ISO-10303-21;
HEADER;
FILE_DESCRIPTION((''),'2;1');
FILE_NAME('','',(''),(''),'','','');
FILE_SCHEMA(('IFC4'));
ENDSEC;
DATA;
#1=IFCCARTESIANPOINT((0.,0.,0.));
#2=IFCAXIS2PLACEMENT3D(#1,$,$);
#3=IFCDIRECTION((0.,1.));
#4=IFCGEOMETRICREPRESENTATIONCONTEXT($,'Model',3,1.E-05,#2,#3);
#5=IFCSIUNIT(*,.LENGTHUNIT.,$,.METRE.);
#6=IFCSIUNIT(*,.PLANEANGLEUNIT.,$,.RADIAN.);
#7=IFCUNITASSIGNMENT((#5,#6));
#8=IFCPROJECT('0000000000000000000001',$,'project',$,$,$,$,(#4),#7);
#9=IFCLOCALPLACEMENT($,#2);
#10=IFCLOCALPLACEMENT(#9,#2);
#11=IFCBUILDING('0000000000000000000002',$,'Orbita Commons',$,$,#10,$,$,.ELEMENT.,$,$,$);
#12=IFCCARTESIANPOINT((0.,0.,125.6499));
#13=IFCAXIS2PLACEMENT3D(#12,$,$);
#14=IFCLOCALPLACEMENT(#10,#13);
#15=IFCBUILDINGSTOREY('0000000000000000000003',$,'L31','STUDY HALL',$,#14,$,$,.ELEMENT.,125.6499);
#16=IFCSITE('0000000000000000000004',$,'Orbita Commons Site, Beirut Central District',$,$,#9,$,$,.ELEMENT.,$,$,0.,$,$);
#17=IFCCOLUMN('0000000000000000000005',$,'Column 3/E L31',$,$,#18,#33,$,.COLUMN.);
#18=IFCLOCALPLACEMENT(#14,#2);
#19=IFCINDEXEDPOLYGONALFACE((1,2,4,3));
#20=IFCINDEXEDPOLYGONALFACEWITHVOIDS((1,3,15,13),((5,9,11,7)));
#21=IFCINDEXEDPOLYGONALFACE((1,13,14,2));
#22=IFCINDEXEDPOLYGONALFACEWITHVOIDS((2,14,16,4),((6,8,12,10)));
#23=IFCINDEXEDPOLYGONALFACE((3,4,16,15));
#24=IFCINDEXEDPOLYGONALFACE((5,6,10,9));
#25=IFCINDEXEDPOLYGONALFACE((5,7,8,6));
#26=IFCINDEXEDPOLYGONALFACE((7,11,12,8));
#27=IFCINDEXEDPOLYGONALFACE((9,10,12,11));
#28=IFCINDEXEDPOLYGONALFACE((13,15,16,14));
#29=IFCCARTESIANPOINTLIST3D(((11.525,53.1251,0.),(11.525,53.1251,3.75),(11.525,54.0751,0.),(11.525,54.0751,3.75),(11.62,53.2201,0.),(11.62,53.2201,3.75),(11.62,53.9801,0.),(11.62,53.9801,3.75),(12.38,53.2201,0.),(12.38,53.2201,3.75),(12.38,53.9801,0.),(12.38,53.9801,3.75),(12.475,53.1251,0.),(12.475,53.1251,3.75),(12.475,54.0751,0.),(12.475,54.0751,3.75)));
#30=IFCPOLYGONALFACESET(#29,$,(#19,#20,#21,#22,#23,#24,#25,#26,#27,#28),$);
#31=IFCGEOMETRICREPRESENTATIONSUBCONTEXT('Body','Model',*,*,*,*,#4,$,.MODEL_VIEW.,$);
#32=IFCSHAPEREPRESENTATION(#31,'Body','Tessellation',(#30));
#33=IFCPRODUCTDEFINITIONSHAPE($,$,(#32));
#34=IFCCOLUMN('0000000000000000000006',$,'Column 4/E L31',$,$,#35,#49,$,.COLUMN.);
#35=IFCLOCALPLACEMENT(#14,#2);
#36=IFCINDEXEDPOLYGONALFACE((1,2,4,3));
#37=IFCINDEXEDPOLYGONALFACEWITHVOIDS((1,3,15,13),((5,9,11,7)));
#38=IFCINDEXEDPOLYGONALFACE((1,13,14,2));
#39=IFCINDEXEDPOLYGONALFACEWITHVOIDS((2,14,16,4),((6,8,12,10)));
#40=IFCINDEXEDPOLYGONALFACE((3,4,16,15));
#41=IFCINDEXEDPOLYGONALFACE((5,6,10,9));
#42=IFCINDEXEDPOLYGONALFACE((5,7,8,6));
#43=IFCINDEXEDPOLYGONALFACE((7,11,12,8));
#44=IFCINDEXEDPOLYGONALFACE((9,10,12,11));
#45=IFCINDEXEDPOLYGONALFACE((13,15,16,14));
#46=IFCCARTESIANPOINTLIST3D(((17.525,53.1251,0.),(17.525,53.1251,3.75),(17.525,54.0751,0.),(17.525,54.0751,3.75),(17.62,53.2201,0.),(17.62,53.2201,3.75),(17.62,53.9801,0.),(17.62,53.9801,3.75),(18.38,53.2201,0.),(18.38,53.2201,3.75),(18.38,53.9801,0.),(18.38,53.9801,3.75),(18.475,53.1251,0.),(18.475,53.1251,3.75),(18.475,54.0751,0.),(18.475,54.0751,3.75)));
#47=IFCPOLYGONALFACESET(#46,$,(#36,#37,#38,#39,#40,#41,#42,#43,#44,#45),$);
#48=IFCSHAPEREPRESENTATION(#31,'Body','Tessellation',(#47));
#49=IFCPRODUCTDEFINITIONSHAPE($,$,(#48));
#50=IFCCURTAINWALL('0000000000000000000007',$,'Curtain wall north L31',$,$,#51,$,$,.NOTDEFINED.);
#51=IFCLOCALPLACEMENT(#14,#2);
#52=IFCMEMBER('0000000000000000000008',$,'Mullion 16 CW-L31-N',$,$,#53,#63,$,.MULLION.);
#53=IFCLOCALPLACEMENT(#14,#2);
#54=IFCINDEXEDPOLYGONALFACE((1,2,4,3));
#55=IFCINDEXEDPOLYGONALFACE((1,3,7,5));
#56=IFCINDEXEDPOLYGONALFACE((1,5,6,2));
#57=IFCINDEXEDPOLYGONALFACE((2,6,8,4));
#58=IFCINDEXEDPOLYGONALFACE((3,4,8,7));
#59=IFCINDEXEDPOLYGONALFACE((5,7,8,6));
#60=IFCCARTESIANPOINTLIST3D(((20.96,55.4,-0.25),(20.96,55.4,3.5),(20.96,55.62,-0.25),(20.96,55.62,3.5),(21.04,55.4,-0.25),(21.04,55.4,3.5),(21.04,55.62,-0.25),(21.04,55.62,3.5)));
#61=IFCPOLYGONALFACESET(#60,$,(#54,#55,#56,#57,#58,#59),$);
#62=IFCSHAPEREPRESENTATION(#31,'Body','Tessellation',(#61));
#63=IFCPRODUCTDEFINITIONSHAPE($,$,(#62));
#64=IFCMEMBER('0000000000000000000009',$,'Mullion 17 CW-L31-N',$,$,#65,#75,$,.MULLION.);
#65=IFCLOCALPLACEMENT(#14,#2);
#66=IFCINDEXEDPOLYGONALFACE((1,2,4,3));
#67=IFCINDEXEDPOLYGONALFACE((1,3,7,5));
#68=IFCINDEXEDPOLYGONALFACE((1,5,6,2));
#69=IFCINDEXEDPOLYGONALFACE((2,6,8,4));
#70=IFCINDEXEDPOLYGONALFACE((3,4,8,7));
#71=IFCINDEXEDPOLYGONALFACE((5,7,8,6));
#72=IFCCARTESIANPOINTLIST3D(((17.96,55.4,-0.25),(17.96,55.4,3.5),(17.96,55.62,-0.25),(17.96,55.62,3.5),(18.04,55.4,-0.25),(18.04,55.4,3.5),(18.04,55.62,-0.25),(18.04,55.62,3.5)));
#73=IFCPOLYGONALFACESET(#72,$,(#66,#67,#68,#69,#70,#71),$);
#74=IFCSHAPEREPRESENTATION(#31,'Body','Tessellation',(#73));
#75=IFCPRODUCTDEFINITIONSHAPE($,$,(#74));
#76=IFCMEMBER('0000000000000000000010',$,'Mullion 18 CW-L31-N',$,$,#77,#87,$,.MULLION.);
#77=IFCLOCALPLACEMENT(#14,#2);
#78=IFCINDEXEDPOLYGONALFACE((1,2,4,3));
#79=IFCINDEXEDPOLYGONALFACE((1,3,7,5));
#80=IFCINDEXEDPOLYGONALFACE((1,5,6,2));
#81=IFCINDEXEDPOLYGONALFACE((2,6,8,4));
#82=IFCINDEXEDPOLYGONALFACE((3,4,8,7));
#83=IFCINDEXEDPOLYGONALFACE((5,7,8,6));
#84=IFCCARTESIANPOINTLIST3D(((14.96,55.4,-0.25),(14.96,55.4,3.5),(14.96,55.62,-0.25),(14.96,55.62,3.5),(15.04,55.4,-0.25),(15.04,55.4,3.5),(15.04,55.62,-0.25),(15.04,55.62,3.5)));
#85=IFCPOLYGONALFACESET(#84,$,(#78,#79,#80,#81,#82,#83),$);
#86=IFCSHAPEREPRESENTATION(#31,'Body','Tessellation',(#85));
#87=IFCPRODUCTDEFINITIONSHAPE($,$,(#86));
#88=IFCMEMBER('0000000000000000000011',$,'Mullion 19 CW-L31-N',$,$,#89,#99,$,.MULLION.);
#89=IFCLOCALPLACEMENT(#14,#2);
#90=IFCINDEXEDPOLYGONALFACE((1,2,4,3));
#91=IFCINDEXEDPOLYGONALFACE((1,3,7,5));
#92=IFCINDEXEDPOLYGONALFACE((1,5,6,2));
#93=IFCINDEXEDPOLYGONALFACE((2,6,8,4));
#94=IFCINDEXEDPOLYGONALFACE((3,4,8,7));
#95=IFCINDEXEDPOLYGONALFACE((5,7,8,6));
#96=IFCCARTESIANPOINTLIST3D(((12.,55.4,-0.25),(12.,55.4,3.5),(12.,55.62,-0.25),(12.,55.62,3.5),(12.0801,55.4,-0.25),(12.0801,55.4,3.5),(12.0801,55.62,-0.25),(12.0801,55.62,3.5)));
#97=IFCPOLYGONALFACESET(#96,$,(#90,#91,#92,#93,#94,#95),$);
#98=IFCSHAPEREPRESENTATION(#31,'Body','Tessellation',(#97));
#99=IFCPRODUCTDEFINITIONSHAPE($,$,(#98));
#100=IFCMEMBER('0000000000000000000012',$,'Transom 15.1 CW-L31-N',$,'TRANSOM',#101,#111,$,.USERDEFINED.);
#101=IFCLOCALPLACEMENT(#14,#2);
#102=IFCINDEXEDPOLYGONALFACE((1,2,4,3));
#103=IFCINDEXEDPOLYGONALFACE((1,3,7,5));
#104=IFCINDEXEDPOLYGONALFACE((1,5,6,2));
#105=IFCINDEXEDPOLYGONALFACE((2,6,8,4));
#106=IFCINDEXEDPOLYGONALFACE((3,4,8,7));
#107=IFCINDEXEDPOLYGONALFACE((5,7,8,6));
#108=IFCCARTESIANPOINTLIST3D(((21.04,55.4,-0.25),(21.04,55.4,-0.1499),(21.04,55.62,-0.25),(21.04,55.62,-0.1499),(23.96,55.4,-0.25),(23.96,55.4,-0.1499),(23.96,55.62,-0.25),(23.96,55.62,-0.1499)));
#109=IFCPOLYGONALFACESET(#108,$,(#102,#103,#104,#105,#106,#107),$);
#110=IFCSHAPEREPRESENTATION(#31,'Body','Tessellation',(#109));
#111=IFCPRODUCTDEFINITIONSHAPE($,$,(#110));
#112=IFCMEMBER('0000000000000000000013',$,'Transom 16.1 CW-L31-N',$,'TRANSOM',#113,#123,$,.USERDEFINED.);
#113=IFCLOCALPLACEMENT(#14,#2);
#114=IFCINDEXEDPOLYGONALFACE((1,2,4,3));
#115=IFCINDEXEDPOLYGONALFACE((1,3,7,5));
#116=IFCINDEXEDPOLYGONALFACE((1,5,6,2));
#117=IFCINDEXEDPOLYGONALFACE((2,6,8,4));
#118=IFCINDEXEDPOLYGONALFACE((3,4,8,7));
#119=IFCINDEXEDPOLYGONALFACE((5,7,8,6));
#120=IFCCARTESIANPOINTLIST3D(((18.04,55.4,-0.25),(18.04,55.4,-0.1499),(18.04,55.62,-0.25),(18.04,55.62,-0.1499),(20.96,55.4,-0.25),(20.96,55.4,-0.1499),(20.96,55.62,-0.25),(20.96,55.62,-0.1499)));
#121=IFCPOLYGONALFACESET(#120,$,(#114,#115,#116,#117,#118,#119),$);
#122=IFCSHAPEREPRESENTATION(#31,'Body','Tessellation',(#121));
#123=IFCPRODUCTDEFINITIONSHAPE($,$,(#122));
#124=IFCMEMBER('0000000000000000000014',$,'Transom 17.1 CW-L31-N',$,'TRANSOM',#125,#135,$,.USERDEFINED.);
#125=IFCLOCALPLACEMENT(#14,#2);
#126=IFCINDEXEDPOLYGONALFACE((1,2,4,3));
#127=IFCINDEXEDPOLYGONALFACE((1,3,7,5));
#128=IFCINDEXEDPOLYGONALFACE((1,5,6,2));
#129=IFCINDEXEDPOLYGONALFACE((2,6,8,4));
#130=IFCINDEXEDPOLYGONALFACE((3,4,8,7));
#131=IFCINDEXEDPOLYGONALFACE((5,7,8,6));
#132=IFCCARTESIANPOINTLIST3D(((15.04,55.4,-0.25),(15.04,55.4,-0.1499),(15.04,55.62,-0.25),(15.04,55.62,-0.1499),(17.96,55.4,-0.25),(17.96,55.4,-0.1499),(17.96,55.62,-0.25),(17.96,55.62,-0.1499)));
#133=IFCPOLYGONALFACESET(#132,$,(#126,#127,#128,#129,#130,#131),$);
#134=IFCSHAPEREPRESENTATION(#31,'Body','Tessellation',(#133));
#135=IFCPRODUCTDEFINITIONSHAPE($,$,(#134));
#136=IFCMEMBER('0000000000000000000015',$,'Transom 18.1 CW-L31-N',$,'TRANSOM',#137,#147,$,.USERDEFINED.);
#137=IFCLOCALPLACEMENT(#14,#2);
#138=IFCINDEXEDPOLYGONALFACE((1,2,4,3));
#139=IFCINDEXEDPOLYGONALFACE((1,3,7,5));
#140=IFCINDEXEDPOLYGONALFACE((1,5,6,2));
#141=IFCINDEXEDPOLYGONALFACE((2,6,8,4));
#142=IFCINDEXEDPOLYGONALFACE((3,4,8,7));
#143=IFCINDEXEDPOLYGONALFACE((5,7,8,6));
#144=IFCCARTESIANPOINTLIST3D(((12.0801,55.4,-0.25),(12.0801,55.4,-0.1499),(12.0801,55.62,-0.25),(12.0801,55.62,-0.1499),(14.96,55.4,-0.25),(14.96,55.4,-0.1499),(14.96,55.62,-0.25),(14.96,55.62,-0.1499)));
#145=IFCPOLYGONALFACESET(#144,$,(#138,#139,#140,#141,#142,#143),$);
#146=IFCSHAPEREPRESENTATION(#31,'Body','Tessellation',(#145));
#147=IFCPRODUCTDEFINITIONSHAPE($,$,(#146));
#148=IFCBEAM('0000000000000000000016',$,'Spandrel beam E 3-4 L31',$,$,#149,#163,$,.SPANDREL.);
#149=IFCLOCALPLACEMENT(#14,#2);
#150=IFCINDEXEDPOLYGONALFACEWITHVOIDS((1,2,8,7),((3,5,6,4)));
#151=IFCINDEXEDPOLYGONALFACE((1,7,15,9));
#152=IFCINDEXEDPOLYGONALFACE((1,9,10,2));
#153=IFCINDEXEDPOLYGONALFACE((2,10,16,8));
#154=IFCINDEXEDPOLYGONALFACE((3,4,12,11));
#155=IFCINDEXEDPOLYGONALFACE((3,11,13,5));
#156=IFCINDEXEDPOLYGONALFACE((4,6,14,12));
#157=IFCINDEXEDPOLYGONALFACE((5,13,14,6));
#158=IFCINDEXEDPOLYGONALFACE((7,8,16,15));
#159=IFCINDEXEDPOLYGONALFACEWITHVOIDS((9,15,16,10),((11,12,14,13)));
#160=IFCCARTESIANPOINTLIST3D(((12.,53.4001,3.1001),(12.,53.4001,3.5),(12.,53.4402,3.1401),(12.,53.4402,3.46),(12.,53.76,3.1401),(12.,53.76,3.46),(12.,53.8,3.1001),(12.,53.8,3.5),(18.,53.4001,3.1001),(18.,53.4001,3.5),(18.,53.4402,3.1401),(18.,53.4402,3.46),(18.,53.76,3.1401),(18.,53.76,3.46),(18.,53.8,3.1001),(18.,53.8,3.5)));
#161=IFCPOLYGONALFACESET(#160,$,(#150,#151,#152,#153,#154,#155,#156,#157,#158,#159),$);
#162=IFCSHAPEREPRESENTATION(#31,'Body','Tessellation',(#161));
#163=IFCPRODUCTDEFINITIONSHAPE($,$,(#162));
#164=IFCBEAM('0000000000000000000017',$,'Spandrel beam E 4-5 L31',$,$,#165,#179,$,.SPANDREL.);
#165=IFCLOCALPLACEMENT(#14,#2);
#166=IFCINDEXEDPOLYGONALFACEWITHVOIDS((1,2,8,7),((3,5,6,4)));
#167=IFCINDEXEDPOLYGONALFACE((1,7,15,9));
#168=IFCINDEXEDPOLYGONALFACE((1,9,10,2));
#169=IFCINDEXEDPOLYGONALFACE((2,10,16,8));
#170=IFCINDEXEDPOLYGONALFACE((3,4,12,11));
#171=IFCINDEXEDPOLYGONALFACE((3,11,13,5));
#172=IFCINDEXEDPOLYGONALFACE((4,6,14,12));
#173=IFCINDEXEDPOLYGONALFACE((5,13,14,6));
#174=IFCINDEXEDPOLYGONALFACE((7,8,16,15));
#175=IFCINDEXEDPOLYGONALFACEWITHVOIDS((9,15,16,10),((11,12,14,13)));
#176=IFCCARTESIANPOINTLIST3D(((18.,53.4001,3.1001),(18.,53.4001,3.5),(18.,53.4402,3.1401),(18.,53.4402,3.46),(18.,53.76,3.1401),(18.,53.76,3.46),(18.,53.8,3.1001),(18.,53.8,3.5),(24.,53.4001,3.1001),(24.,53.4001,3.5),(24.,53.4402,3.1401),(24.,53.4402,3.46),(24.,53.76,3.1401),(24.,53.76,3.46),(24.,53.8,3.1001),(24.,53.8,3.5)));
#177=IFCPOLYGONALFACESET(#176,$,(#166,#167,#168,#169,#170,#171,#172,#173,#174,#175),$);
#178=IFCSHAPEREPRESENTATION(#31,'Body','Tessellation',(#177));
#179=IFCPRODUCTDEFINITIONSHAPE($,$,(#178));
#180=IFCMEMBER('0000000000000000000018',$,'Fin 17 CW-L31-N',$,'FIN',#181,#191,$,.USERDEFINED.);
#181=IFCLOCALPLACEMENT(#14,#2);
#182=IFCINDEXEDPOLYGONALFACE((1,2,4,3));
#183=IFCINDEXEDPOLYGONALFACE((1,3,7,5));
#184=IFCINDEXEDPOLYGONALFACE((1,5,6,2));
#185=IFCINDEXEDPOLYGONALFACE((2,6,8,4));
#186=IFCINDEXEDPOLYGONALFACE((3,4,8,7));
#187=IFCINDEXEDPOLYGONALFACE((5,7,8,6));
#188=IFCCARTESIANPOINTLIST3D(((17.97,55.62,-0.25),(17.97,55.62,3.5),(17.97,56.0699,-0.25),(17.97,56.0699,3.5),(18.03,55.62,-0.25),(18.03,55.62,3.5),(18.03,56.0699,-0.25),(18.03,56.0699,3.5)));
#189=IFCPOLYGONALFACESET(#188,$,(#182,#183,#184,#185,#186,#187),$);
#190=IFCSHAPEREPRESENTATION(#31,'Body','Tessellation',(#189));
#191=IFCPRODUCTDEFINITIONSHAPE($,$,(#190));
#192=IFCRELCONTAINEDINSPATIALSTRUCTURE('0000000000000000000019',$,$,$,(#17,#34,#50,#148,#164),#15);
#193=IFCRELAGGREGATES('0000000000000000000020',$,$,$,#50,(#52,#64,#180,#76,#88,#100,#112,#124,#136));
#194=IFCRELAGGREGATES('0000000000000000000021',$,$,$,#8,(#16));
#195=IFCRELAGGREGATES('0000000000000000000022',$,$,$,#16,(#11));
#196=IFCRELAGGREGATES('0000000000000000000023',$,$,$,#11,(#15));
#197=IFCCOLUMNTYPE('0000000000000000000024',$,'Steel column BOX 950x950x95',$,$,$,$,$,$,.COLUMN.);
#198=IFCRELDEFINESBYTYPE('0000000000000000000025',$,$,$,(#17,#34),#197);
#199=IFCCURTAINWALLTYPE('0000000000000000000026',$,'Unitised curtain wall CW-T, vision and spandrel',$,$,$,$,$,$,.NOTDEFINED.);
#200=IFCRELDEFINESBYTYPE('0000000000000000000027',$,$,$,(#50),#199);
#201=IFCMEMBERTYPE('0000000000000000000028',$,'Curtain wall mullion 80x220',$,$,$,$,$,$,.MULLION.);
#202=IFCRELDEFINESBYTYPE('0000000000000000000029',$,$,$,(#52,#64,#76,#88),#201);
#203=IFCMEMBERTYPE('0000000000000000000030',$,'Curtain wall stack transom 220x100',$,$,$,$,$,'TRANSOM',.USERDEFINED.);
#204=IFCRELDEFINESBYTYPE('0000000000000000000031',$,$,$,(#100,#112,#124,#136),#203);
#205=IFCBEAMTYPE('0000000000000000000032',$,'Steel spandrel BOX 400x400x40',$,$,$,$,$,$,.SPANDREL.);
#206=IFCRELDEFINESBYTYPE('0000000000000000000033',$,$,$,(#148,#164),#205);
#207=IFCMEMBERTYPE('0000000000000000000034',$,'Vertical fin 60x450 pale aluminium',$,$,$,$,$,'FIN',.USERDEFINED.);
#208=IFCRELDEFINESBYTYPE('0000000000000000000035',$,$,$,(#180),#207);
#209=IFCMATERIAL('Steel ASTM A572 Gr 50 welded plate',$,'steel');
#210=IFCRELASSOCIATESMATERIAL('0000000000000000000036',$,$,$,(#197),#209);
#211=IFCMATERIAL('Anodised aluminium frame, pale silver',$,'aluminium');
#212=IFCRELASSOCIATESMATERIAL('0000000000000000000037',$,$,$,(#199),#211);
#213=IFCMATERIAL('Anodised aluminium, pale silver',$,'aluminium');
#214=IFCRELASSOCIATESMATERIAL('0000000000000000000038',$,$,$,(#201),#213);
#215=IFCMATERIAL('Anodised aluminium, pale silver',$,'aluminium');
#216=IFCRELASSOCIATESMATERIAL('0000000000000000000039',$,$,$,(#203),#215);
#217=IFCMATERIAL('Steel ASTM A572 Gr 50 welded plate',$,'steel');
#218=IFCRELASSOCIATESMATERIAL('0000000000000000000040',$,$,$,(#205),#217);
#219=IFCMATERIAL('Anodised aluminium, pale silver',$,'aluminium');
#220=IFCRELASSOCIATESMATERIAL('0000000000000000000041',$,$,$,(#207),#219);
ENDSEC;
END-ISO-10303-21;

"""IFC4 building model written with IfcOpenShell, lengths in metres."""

from ifc_helpers import new_model, si_unit, direction, frame, origin, origin_2d, place, context, subcontext, project, spatial, rectangle, hollow_rectangle, extrude, material, material_profile, profile_set, type_object, element, aggregate, save


model = new_model("IFC4")

# Units and contexts
model_context = context("Model", 3, precision=1e-05, world=origin(), true_north=direction((0.0, 1.0)))
body_context = subcontext(model_context, "Body", "Model", "MODEL_VIEW")
ifc_project = project(units=[si_unit("LENGTHUNIT", "METRE"), si_unit("PLANEANGLEUNIT", "RADIAN")], contexts=[model_context])

# Site, building, storey
site_placement = place(None, origin())
site = spatial("IfcSite", under=ifc_project, at=site_placement, Name="Orbita Commons Site, Beirut Central District", CompositionType="ELEMENT", RefElevation=0.0)
building_placement = place(site_placement, origin())
building = spatial("IfcBuilding", under=site, at=building_placement, Name="Orbita Commons", CompositionType="ELEMENT")
storey_placement = place(building_placement, frame((0.0, 0.0, 125.6499)))
storey = spatial("IfcBuildingStorey", under=building, at=storey_placement, Name="L31", Description="STUDY HALL", CompositionType="ELEMENT", Elevation=125.6499)

# Columns
ifc_material_1 = material(Name="Steel ASTM A572 Gr 50 welded plate", Category="steel")
ifc_material_profile_1 = material_profile(ifc_material_1, hollow_rectangle(XDim=0.95, YDim=0.95, WallThickness=0.095, at=origin_2d()), Name="BOX 950x950x95")
ifc_profile_set_1 = profile_set([ifc_material_profile_1], Name="Steel ASTM A572 Gr 50 welded plate")
column_type = type_object("IfcColumnType", Name="Steel column BOX 950x950x95", PredefinedType="COLUMN", material=ifc_profile_set_1)
for number, where, z_axis, x_axis, name in (
    (1, (12.0, 53.6001, 0.0), (0.0, 0.0, 1.0), (1.0, 0.0, 0.0), "Column 3/E L31"),
    (2, (18.0, 53.6001, 0.0), (0.0, 0.0, 1.0), (1.0, 0.0, 0.0), "Column 4/E L31"),
):
    element("IfcColumn", number, at=place(storey_placement, frame(where, z_axis=z_axis, x_axis=x_axis)), inside=storey, type_object=column_type, Name=name, PredefinedType="COLUMN", context=body_context, shape_type="SweptSolid", body=[
        extrude(hollow_rectangle(XDim=0.95, YDim=0.95, WallThickness=0.095, at=origin_2d()), origin(), (0.0, 0.0, 1.0), 3.75),
    ])

# Curtain wall, members
ifc_material_2 = material(Name="Anodised aluminium frame, pale silver", Category="aluminium")
curtain_wall_type = type_object("IfcCurtainWallType", Name="Unitised curtain wall CW-T, vision and spandrel", PredefinedType="NOTDEFINED", material=ifc_material_2)
curtain_wall_placement = place(storey_placement, origin())
curtain_wall = element("IfcCurtainWall", 3, at=curtain_wall_placement, inside=storey, type_object=curtain_wall_type, Name="Curtain wall north L31", PredefinedType="NOTDEFINED")
ifc_material_3 = material(Name="Anodised aluminium, pale silver", Category="aluminium")
ifc_material_profile_2 = material_profile(ifc_material_3, rectangle(XDim=0.0801, YDim=0.22, at=origin_2d()), Name="AL 80x220")
ifc_profile_set_2 = profile_set([ifc_material_profile_2], Name="Anodised aluminium, pale silver")
member_type_1 = type_object("IfcMemberType", Name="Curtain wall mullion 80x220", PredefinedType="MULLION", material=ifc_profile_set_2)
member_1_placement = place(storey_placement, frame((21.0, 55.51, -0.25), z_axis=(0.0, 0.0, 1.0), x_axis=(-1.0, 0.0, 0.0)))
member_1 = element("IfcMember", 4, at=member_1_placement, type_object=member_type_1, Name="Mullion 16 CW-L31-N", PredefinedType="MULLION", context=body_context, shape_type="SweptSolid", body=[
    extrude(rectangle(XDim=0.0801, YDim=0.22, at=origin_2d()), origin(), (0.0, 0.0, 1.0), 3.75),
])
member_2_placement = place(storey_placement, frame((18.0, 55.51, -0.25), z_axis=(0.0, 0.0, 1.0), x_axis=(-1.0, 0.0, 0.0)))
member_2 = element("IfcMember", 5, at=member_2_placement, type_object=member_type_1, Name="Mullion 17 CW-L31-N", PredefinedType="MULLION", context=body_context, shape_type="SweptSolid", body=[
    extrude(rectangle(XDim=0.0801, YDim=0.22, at=origin_2d()), origin(), (0.0, 0.0, 1.0), 3.75),
])
member_3_placement = place(storey_placement, frame((15.0, 55.51, -0.25), z_axis=(0.0, 0.0, 1.0), x_axis=(-1.0, 0.0, 0.0)))
member_3 = element("IfcMember", 6, at=member_3_placement, type_object=member_type_1, Name="Mullion 18 CW-L31-N", PredefinedType="MULLION", context=body_context, shape_type="SweptSolid", body=[
    extrude(rectangle(XDim=0.0801, YDim=0.22, at=origin_2d()), origin(), (0.0, 0.0, 1.0), 3.75),
])
member_4_placement = place(storey_placement, frame((12.04, 55.51, -0.25), z_axis=(0.0, 0.0, 1.0), x_axis=(-1.0, 0.0, 0.0)))
member_4 = element("IfcMember", 7, at=member_4_placement, type_object=member_type_1, Name="Mullion 19 CW-L31-N", PredefinedType="MULLION", context=body_context, shape_type="SweptSolid", body=[
    extrude(rectangle(XDim=0.0801, YDim=0.22, at=origin_2d()), origin(), (0.0, 0.0, 1.0), 3.75),
])
ifc_material_4 = material(Name="Anodised aluminium, pale silver", Category="aluminium")
ifc_material_profile_3 = material_profile(ifc_material_4, rectangle(XDim=0.22, YDim=0.1001, at=origin_2d()), Name="AL 220x100")
ifc_profile_set_3 = profile_set([ifc_material_profile_3], Name="Anodised aluminium, pale silver")
member_type_2 = type_object("IfcMemberType", Name="Curtain wall stack transom 220x100", ElementType="TRANSOM", PredefinedType="USERDEFINED", material=ifc_profile_set_3)
member_5_placement = place(storey_placement, frame((23.96, 55.51, -0.2), z_axis=(-1.0, 0.0, 0.0), x_axis=(0.0, -1.0, 0.0)))
member_5 = element("IfcMember", 8, at=member_5_placement, type_object=member_type_2, Name="Transom 15.1 CW-L31-N", ObjectType="TRANSOM", PredefinedType="USERDEFINED", context=body_context, shape_type="SweptSolid", body=[
    extrude(rectangle(XDim=0.22, YDim=0.1001, at=origin_2d()), origin(), (0.0, 0.0, 1.0), 2.9199),
])
member_6_placement = place(storey_placement, frame((20.96, 55.51, -0.2), z_axis=(-1.0, 0.0, 0.0), x_axis=(0.0, -1.0, 0.0)))
member_6 = element("IfcMember", 9, at=member_6_placement, type_object=member_type_2, Name="Transom 16.1 CW-L31-N", ObjectType="TRANSOM", PredefinedType="USERDEFINED", context=body_context, shape_type="SweptSolid", body=[
    extrude(rectangle(XDim=0.22, YDim=0.1001, at=origin_2d()), origin(), (0.0, 0.0, 1.0), 2.9199),
])
member_7_placement = place(storey_placement, frame((17.96, 55.51, -0.2), z_axis=(-1.0, 0.0, 0.0), x_axis=(0.0, -1.0, 0.0)))
member_7 = element("IfcMember", 10, at=member_7_placement, type_object=member_type_2, Name="Transom 17.1 CW-L31-N", ObjectType="TRANSOM", PredefinedType="USERDEFINED", context=body_context, shape_type="SweptSolid", body=[
    extrude(rectangle(XDim=0.22, YDim=0.1001, at=origin_2d()), origin(), (0.0, 0.0, 1.0), 2.9199),
])
member_8_placement = place(storey_placement, frame((14.96, 55.51, -0.2), z_axis=(-1.0, 0.0, 0.0), x_axis=(0.0, -1.0, 0.0)))
member_8 = element("IfcMember", 11, at=member_8_placement, type_object=member_type_2, Name="Transom 18.1 CW-L31-N", ObjectType="TRANSOM", PredefinedType="USERDEFINED", context=body_context, shape_type="SweptSolid", body=[
    extrude(rectangle(XDim=0.22, YDim=0.1001, at=origin_2d()), origin(), (0.0, 0.0, 1.0), 2.8799),
])

# Beams
ifc_material_5 = material(Name="Steel ASTM A572 Gr 50 welded plate", Category="steel")
ifc_material_profile_4 = material_profile(ifc_material_5, hollow_rectangle(XDim=0.3999, YDim=0.3999, WallThickness=0.04, at=origin_2d()), Name="BOX 400x400x40")
ifc_profile_set_4 = profile_set([ifc_material_profile_4], Name="Steel ASTM A572 Gr 50 welded plate")
beam_type = type_object("IfcBeamType", Name="Steel spandrel BOX 400x400x40", PredefinedType="SPANDREL", material=ifc_profile_set_4)
for number, where, z_axis, x_axis, name in (
    (12, (12.0, 53.6001, 3.3), (1.0, 0.0, 0.0), (0.0, 1.0, 0.0), "Spandrel beam E 3-4 L31"),
    (13, (18.0, 53.6001, 3.3), (1.0, 0.0, 0.0), (0.0, 1.0, 0.0), "Spandrel beam E 4-5 L31"),
):
    element("IfcBeam", number, at=place(storey_placement, frame(where, z_axis=z_axis, x_axis=x_axis)), inside=storey, type_object=beam_type, Name=name, PredefinedType="SPANDREL", context=body_context, shape_type="SweptSolid", body=[
        extrude(hollow_rectangle(XDim=0.3999, YDim=0.3999, WallThickness=0.04, at=origin_2d()), origin(), (0.0, 0.0, 1.0), 6.0),
    ])

# Member
ifc_material_6 = material(Name="Anodised aluminium, pale silver", Category="aluminium")
ifc_material_profile_5 = material_profile(ifc_material_6, rectangle(XDim=0.0601, YDim=0.45, at=origin_2d()), Name="FIN 60x450")
ifc_profile_set_5 = profile_set([ifc_material_profile_5], Name="Anodised aluminium, pale silver")
member_type_3 = type_object("IfcMemberType", Name="Vertical fin 60x450 pale aluminium", ElementType="FIN", PredefinedType="USERDEFINED", material=ifc_profile_set_5)
member_9_placement = place(storey_placement, frame((18.0, 55.845, -0.25), z_axis=(0.0, 0.0, 1.0), x_axis=(-1.0, 0.0, 0.0)))
member_9 = element("IfcMember", 14, at=member_9_placement, type_object=member_type_3, Name="Fin 17 CW-L31-N", ObjectType="FIN", PredefinedType="USERDEFINED", context=body_context, shape_type="SweptSolid", body=[
    extrude(rectangle(XDim=0.0601, YDim=0.45, at=origin_2d()), origin(), (0.0, 0.0, 1.0), 3.75),
])

aggregate(curtain_wall, [member_1, member_2, member_9, member_3, member_4, member_5, member_6, member_7, member_8])

save(model, "model.ifc")
